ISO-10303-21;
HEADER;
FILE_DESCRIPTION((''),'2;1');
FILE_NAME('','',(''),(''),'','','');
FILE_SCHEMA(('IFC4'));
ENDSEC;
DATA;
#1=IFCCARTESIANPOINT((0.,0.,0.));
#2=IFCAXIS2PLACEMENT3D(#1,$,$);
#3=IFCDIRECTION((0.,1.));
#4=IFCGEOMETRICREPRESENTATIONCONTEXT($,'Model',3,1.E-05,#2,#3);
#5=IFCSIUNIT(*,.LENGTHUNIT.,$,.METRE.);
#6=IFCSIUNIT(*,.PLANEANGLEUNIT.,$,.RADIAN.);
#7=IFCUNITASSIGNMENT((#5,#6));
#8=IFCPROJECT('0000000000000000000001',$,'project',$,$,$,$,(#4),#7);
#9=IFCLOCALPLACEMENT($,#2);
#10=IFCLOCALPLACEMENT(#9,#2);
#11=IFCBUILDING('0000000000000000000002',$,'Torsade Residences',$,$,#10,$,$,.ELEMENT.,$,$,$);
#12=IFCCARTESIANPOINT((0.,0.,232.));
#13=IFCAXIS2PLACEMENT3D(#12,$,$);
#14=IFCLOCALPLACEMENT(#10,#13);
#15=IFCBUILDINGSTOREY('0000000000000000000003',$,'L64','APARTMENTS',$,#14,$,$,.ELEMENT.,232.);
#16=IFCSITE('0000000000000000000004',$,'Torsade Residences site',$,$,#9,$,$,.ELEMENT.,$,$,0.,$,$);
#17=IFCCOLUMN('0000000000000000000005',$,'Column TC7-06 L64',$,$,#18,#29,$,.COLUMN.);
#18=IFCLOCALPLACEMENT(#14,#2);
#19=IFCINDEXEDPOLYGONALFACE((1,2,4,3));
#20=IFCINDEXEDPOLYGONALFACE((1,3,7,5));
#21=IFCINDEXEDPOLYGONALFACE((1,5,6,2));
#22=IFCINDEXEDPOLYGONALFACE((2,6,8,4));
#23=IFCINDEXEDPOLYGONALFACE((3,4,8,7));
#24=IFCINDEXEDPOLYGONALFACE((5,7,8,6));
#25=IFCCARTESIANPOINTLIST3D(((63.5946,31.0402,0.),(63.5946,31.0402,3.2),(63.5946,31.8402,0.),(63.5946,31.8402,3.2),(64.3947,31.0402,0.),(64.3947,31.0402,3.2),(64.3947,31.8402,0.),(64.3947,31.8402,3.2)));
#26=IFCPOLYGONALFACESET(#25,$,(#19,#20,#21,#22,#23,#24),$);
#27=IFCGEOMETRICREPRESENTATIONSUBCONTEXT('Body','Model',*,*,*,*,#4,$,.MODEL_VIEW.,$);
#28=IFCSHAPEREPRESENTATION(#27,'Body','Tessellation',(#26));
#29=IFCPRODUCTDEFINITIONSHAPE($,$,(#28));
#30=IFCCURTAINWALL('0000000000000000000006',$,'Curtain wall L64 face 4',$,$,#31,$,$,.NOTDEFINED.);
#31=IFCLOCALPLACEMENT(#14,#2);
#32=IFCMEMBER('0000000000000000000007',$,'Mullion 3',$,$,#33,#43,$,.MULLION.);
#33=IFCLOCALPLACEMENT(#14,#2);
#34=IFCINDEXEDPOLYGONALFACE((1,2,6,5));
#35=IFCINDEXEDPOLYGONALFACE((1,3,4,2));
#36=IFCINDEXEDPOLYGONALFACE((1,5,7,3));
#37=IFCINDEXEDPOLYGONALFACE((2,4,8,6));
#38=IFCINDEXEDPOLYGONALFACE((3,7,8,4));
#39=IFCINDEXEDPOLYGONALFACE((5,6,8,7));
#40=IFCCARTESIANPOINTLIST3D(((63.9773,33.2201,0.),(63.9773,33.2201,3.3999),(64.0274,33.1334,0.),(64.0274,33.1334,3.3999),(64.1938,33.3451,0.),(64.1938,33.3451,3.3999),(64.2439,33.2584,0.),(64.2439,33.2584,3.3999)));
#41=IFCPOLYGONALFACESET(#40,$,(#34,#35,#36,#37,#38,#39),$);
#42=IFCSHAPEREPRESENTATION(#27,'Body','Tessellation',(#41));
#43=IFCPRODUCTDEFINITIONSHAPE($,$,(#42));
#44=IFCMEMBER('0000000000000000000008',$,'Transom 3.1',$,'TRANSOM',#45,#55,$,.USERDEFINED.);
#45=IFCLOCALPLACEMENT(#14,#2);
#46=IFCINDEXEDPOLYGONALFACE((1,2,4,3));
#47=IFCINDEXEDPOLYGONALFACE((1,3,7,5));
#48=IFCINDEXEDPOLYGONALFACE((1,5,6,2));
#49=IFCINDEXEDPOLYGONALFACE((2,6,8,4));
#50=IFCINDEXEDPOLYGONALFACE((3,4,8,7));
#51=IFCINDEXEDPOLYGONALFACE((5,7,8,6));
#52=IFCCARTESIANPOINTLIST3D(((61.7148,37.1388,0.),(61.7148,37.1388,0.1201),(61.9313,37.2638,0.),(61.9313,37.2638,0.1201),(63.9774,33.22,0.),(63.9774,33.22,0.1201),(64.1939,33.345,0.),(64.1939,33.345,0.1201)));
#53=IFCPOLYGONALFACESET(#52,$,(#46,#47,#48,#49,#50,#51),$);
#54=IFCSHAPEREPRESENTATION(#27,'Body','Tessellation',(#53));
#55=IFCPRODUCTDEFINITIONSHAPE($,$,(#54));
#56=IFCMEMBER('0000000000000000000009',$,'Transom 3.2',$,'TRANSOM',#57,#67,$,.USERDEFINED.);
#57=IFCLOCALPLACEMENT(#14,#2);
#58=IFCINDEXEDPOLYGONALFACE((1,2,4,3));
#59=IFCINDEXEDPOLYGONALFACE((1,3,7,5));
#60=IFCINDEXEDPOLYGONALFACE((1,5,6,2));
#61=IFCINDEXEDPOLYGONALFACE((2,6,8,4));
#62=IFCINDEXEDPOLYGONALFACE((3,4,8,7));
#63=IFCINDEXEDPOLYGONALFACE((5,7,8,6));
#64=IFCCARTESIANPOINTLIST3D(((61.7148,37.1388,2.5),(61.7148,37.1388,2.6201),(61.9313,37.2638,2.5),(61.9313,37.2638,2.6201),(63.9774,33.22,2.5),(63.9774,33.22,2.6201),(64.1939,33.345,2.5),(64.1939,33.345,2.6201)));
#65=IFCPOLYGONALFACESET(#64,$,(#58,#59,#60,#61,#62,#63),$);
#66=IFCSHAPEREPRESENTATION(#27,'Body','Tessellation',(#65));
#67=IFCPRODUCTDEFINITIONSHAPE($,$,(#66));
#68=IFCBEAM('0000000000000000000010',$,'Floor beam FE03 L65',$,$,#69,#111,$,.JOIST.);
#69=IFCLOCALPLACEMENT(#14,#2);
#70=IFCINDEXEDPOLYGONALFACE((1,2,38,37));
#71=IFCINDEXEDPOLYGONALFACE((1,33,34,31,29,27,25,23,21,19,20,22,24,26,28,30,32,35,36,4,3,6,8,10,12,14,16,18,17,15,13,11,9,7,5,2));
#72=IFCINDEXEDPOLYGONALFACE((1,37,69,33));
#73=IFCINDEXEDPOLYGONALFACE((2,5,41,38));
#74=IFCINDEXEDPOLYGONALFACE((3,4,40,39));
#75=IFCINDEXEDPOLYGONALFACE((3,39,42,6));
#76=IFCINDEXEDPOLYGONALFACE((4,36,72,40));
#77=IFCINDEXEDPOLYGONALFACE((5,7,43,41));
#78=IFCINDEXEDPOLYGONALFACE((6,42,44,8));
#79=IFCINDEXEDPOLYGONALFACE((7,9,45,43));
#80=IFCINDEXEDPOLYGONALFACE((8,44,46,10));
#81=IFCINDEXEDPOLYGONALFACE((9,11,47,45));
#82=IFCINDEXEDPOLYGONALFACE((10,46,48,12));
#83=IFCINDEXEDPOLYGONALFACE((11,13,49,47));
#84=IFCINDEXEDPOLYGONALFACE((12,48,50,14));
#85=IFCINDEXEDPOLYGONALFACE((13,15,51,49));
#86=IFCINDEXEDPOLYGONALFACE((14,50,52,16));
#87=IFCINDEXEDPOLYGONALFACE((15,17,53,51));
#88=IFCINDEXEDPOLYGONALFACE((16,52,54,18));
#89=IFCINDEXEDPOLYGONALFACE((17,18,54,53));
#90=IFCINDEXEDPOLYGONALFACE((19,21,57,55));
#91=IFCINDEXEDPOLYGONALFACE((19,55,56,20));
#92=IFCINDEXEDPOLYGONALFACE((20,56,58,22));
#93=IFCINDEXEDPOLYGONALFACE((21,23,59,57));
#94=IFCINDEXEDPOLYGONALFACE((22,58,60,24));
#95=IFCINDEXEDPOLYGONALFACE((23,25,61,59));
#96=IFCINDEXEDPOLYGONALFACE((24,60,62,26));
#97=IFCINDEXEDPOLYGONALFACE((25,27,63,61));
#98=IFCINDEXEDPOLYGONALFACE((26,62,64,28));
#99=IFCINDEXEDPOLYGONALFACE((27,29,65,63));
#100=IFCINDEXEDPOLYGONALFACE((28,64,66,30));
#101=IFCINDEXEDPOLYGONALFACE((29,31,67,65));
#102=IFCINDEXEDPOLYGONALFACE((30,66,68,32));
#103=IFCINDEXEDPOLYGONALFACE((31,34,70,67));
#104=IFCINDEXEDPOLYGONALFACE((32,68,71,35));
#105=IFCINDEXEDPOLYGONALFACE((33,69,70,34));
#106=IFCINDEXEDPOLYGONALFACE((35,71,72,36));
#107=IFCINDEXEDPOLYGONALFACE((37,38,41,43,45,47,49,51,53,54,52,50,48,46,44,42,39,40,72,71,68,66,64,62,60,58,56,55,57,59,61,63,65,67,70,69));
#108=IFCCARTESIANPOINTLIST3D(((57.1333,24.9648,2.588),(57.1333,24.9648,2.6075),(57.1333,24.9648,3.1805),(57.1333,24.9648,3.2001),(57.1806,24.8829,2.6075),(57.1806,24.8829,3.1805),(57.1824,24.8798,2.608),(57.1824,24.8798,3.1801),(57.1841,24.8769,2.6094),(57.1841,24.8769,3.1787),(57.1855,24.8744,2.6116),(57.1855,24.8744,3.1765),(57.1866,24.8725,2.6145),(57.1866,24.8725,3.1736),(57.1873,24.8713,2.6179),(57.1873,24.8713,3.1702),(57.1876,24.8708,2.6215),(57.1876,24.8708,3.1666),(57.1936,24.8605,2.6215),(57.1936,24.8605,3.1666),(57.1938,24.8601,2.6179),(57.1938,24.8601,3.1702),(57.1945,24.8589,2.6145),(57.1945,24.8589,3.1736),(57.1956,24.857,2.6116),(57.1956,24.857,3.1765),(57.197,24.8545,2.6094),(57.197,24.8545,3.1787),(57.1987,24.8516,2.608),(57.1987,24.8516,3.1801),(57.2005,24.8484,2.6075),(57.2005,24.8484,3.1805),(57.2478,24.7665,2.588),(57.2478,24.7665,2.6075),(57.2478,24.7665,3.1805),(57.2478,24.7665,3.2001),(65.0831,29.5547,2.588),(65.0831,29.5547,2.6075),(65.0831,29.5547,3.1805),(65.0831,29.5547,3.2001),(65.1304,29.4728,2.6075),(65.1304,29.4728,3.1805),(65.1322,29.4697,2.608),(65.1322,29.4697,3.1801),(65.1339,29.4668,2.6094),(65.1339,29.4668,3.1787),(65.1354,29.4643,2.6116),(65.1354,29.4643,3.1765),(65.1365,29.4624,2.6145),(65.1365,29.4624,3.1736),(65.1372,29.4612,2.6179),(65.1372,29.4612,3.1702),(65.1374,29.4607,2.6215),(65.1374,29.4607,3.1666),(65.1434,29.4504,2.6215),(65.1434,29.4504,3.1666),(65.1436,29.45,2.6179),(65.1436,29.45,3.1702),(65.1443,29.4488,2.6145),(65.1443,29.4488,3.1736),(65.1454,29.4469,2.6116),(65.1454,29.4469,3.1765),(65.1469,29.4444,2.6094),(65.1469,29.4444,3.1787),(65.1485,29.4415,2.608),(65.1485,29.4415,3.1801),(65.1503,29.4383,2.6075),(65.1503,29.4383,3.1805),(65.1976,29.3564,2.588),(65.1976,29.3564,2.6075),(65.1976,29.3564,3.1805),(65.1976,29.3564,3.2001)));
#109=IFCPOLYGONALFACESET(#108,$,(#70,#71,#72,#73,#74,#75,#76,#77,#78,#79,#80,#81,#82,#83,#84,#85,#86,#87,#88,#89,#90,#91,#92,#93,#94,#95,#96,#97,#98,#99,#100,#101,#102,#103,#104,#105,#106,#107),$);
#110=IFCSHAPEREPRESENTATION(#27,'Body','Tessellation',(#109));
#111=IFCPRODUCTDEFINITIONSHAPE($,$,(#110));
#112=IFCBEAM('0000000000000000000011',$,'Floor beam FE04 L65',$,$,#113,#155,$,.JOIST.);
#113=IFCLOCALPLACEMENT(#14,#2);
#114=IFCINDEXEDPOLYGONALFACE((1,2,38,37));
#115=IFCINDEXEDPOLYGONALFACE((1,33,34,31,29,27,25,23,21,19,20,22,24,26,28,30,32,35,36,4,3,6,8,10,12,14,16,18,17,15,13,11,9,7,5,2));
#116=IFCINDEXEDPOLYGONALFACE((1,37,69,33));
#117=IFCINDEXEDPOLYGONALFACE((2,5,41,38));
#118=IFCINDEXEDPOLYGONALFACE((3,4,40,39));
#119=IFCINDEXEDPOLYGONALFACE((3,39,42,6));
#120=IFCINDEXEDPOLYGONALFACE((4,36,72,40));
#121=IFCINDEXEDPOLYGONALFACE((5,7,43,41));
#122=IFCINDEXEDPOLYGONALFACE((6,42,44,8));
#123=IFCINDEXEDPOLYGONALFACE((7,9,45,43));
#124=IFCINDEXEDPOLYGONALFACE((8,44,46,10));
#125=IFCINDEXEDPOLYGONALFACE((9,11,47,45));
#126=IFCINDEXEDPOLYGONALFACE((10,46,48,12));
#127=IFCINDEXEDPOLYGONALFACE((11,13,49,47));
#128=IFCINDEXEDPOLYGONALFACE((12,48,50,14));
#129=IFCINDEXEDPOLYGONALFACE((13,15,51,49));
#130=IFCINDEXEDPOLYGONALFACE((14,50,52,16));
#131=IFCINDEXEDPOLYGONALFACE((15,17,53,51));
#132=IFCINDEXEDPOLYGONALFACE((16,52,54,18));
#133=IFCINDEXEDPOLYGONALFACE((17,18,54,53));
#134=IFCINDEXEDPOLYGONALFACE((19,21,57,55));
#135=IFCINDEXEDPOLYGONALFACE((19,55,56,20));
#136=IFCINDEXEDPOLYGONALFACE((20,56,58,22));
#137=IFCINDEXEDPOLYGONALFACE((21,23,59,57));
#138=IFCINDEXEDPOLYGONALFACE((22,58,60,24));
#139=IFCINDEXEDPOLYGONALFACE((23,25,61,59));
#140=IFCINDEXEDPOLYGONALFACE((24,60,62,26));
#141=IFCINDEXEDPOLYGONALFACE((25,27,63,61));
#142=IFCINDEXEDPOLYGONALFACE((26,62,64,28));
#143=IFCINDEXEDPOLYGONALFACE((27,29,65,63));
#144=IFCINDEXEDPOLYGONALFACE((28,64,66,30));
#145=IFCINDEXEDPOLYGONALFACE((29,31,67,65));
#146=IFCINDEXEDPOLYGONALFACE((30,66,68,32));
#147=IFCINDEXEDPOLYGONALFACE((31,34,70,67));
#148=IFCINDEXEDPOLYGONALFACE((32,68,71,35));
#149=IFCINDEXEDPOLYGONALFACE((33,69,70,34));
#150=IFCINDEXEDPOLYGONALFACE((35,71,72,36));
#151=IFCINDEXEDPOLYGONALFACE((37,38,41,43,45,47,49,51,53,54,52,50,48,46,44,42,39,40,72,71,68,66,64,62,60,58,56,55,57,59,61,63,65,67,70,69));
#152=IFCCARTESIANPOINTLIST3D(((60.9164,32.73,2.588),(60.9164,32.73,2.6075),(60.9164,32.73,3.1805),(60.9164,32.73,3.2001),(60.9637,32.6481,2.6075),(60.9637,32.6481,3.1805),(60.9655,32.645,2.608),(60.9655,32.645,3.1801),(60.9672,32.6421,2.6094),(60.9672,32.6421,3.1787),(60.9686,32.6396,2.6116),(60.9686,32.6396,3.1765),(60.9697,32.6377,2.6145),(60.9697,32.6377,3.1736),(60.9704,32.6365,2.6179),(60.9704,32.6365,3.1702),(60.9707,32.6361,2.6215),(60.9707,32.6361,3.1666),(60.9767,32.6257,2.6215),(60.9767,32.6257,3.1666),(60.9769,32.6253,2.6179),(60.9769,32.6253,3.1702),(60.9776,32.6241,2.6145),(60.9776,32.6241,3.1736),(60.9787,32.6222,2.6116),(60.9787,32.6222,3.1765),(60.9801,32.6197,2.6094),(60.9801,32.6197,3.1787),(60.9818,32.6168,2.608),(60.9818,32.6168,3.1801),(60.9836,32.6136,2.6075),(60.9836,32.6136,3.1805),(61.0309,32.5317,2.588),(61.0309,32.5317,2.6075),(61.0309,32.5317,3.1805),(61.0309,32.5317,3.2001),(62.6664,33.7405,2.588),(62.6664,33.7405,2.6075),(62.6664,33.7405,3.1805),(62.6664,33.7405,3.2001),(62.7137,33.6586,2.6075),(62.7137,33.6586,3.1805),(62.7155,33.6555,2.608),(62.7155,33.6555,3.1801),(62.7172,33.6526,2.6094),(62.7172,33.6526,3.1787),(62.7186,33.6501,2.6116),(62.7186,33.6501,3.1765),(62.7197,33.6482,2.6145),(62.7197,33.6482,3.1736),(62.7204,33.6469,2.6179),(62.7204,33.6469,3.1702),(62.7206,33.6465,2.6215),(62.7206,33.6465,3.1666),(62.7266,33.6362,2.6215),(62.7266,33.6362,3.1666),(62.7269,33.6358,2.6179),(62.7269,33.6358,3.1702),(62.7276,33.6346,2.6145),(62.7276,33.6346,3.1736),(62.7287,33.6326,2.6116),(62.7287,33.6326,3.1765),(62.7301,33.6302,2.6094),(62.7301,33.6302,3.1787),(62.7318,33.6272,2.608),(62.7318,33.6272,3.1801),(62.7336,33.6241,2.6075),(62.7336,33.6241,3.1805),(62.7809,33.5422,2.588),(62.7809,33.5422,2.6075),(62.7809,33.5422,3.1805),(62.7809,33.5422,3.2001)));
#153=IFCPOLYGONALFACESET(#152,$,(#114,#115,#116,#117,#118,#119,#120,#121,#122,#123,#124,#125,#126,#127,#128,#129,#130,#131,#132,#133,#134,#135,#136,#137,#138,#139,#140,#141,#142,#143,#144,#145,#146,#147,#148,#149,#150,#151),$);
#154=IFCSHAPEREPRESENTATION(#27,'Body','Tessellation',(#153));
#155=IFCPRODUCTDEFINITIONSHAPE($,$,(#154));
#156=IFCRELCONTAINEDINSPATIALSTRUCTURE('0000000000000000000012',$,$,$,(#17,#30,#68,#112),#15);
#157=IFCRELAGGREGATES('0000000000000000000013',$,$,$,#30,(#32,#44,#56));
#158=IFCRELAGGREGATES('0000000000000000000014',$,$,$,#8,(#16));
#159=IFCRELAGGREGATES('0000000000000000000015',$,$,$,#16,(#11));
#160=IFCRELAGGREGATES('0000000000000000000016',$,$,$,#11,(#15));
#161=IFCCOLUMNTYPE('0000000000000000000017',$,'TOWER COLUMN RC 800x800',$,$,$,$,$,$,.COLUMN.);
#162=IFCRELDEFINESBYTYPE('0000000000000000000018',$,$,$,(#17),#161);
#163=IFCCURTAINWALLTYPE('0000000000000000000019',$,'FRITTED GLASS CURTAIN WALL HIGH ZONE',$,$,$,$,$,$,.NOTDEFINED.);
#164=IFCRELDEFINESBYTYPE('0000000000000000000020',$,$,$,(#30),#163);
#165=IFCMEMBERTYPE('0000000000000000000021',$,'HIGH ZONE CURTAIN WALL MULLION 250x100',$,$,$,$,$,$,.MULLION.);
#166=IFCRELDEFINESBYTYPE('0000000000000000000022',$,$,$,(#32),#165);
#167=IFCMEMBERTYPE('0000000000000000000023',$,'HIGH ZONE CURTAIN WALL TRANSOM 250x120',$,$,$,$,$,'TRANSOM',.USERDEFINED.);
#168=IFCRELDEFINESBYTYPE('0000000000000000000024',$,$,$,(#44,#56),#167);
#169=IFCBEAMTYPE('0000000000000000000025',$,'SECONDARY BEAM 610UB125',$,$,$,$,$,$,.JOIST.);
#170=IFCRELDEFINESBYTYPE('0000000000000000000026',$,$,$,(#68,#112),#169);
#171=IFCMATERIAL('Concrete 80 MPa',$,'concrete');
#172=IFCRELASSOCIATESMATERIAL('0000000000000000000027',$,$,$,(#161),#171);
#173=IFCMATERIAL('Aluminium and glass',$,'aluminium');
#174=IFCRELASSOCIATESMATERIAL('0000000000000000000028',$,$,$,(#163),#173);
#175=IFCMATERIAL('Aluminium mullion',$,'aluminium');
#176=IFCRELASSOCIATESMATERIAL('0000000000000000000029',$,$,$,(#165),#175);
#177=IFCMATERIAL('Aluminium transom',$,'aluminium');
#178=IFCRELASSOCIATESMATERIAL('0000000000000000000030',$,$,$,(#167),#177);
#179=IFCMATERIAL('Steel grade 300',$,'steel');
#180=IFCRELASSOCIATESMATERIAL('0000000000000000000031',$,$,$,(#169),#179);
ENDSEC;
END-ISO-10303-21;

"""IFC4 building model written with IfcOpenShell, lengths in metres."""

from ifc_helpers import new_model, si_unit, direction, frame, origin, origin_2d, place, context, subcontext, project, spatial, rectangle, i_section, extrude, material, material_profile, profile_set, type_object, element, aggregate, save


model = new_model("IFC4")

# Units and contexts
model_context = context("Model", 3, precision=1e-05, world=origin(), true_north=direction((0.0, 1.0)))
body_context = subcontext(model_context, "Body", "Model", "MODEL_VIEW")
ifc_project = project(units=[si_unit("LENGTHUNIT", "METRE"), si_unit("PLANEANGLEUNIT", "RADIAN")], contexts=[model_context])

# Site, building, storey
site_placement = place(None, origin())
site = spatial("IfcSite", under=ifc_project, at=site_placement, Name="Torsade Residences site", CompositionType="ELEMENT", RefElevation=0.0)
building_placement = place(site_placement, origin())
building = spatial("IfcBuilding", under=site, at=building_placement, Name="Torsade Residences", CompositionType="ELEMENT")
storey_placement = place(building_placement, frame((0.0, 0.0, 232.0)))
storey = spatial("IfcBuildingStorey", under=building, at=storey_placement, Name="L64", Description="APARTMENTS", CompositionType="ELEMENT", Elevation=232.0)

# Column
ifc_material_1 = material(Name="Concrete 80 MPa", Category="concrete")
ifc_material_profile_1 = material_profile(ifc_material_1, rectangle(XDim=0.8, YDim=0.8, at=origin_2d()), Name="RC 800x800")
ifc_profile_set_1 = profile_set([ifc_material_profile_1], Name="Concrete 80 MPa")
column_type = type_object("IfcColumnType", Name="TOWER COLUMN RC 800x800", PredefinedType="COLUMN", material=ifc_profile_set_1)
column_placement = place(storey_placement, frame((63.9946, 31.4402, 0.0), z_axis=(0.0, 0.0, 1.0), x_axis=(1.0, 0.0, 0.0)))
element("IfcColumn", 1, at=column_placement, inside=storey, type_object=column_type, Name="Column TC7-06 L64", PredefinedType="COLUMN", context=body_context, shape_type="SweptSolid", body=[
    extrude(rectangle(XDim=0.8, YDim=0.8, at=origin_2d()), origin(), (0.0, 0.0, 1.0), 3.2),
])

# Curtain wall, members
ifc_material_2 = material(Name="Aluminium and glass", Category="aluminium")
curtain_wall_type = type_object("IfcCurtainWallType", Name="FRITTED GLASS CURTAIN WALL HIGH ZONE", PredefinedType="NOTDEFINED", material=ifc_material_2)
curtain_wall_placement = place(storey_placement, origin())
curtain_wall = element("IfcCurtainWall", 2, at=curtain_wall_placement, inside=storey, type_object=curtain_wall_type, Name="Curtain wall L64 face 4", PredefinedType="NOTDEFINED")
ifc_material_3 = material(Name="Aluminium mullion", Category="aluminium")
ifc_material_profile_2 = material_profile(ifc_material_3, rectangle(XDim=0.25, YDim=0.1001, at=origin_2d()), Name="HIGH ZONE CURTAIN WALL MULLION 250x100")
ifc_profile_set_2 = profile_set([ifc_material_profile_2], Name="Aluminium mullion")
member_type_1 = type_object("IfcMemberType", Name="HIGH ZONE CURTAIN WALL MULLION 250x100", PredefinedType="MULLION", material=ifc_profile_set_2)
member_1_placement = place(storey_placement, frame((64.1106, 33.2393, 0.0), z_axis=(0.0, 0.0, 1.0), x_axis=(-0.866025, -0.5, 0.0)))
member_1 = element("IfcMember", 3, at=member_1_placement, type_object=member_type_1, Name="Mullion 3", PredefinedType="MULLION", context=body_context, shape_type="SweptSolid", body=[
    extrude(rectangle(XDim=0.25, YDim=0.1001, at=origin_2d()), origin(), (0.0, 0.0, 1.0), 3.3999),
])
ifc_material_4 = material(Name="Aluminium transom", Category="aluminium")
ifc_material_profile_3 = material_profile(ifc_material_4, rectangle(XDim=0.25, YDim=0.1201, at=origin_2d()), Name="HIGH ZONE CURTAIN WALL TRANSOM 250x120")
ifc_profile_set_3 = profile_set([ifc_material_profile_3], Name="Aluminium transom")
member_type_2 = type_object("IfcMemberType", Name="HIGH ZONE CURTAIN WALL TRANSOM 250x120", ElementType="TRANSOM", PredefinedType="USERDEFINED", material=ifc_profile_set_3)
member_2_placement = place(storey_placement, frame((64.0857, 33.2825, 0.0601), z_axis=(-0.500015, 0.866017, 0.0), x_axis=(-0.866017, -0.500015, 0.0)))
member_2 = element("IfcMember", 4, at=member_2_placement, type_object=member_type_2, Name="Transom 3.1", ObjectType="TRANSOM", PredefinedType="USERDEFINED", context=body_context, shape_type="SweptSolid", body=[
    extrude(rectangle(XDim=0.25, YDim=0.1201, at=origin_2d()), origin(), (0.0, 0.0, 1.0), 4.5251),
])
member_3_placement = place(storey_placement, frame((64.0857, 33.2825, 2.5601), z_axis=(-0.500015, 0.866017, 0.0), x_axis=(-0.866017, -0.500015, 0.0)))
member_3 = element("IfcMember", 5, at=member_3_placement, type_object=member_type_2, Name="Transom 3.2", ObjectType="TRANSOM", PredefinedType="USERDEFINED", context=body_context, shape_type="SweptSolid", body=[
    extrude(rectangle(XDim=0.25, YDim=0.1201, at=origin_2d()), origin(), (0.0, 0.0, 1.0), 4.5251),
])

# Beams
ifc_material_5 = material(Name="Steel grade 300", Category="steel")
ifc_material_profile_4 = material_profile(ifc_material_5, i_section(OverallWidth=0.229, OverallDepth=0.6121, WebThickness=0.012, FlangeThickness=0.0195, FilletRadius=0.0139, at=origin_2d()), Name="610UB125")
ifc_profile_set_4 = profile_set([ifc_material_profile_4], Name="Steel grade 300")
beam_type_1 = type_object("IfcBeamType", Name="SECONDARY BEAM 610UB125", PredefinedType="JOIST", material=ifc_profile_set_4)
beam_1_placement = place(storey_placement, frame((65.1404, 29.4556, 2.894), z_axis=(-0.866022, -0.500006, 0.0), x_axis=(0.500006, -0.866022, 0.0)))
element("IfcBeam", 6, at=beam_1_placement, inside=storey, type_object=beam_type_1, Name="Floor beam FE03 L65", PredefinedType="JOIST", context=body_context, shape_type="SweptSolid", body=[
    extrude(i_section(OverallWidth=0.229, OverallDepth=0.6121, WebThickness=0.012, FlangeThickness=0.0195, FilletRadius=0.0139, at=origin_2d()), origin(), (0.0, 0.0, 1.0), 9.1797),
])
beam_2_placement = place(storey_placement, frame((62.7236, 33.6414, 2.894), z_axis=(-0.865996, -0.50005, 0.0), x_axis=(0.50005, -0.865996, 0.0)))
element("IfcBeam", 7, at=beam_2_placement, inside=storey, type_object=beam_type_1, Name="Floor beam FE04 L65", PredefinedType="JOIST", context=body_context, shape_type="SweptSolid", body=[
    extrude(i_section(OverallWidth=0.229, OverallDepth=0.6121, WebThickness=0.012, FlangeThickness=0.0195, FilletRadius=0.0139, at=origin_2d()), origin(), (0.0, 0.0, 1.0), 2.0208),
])

aggregate(curtain_wall, [member_1, member_2, member_3])

save(model, "model.ifc")
